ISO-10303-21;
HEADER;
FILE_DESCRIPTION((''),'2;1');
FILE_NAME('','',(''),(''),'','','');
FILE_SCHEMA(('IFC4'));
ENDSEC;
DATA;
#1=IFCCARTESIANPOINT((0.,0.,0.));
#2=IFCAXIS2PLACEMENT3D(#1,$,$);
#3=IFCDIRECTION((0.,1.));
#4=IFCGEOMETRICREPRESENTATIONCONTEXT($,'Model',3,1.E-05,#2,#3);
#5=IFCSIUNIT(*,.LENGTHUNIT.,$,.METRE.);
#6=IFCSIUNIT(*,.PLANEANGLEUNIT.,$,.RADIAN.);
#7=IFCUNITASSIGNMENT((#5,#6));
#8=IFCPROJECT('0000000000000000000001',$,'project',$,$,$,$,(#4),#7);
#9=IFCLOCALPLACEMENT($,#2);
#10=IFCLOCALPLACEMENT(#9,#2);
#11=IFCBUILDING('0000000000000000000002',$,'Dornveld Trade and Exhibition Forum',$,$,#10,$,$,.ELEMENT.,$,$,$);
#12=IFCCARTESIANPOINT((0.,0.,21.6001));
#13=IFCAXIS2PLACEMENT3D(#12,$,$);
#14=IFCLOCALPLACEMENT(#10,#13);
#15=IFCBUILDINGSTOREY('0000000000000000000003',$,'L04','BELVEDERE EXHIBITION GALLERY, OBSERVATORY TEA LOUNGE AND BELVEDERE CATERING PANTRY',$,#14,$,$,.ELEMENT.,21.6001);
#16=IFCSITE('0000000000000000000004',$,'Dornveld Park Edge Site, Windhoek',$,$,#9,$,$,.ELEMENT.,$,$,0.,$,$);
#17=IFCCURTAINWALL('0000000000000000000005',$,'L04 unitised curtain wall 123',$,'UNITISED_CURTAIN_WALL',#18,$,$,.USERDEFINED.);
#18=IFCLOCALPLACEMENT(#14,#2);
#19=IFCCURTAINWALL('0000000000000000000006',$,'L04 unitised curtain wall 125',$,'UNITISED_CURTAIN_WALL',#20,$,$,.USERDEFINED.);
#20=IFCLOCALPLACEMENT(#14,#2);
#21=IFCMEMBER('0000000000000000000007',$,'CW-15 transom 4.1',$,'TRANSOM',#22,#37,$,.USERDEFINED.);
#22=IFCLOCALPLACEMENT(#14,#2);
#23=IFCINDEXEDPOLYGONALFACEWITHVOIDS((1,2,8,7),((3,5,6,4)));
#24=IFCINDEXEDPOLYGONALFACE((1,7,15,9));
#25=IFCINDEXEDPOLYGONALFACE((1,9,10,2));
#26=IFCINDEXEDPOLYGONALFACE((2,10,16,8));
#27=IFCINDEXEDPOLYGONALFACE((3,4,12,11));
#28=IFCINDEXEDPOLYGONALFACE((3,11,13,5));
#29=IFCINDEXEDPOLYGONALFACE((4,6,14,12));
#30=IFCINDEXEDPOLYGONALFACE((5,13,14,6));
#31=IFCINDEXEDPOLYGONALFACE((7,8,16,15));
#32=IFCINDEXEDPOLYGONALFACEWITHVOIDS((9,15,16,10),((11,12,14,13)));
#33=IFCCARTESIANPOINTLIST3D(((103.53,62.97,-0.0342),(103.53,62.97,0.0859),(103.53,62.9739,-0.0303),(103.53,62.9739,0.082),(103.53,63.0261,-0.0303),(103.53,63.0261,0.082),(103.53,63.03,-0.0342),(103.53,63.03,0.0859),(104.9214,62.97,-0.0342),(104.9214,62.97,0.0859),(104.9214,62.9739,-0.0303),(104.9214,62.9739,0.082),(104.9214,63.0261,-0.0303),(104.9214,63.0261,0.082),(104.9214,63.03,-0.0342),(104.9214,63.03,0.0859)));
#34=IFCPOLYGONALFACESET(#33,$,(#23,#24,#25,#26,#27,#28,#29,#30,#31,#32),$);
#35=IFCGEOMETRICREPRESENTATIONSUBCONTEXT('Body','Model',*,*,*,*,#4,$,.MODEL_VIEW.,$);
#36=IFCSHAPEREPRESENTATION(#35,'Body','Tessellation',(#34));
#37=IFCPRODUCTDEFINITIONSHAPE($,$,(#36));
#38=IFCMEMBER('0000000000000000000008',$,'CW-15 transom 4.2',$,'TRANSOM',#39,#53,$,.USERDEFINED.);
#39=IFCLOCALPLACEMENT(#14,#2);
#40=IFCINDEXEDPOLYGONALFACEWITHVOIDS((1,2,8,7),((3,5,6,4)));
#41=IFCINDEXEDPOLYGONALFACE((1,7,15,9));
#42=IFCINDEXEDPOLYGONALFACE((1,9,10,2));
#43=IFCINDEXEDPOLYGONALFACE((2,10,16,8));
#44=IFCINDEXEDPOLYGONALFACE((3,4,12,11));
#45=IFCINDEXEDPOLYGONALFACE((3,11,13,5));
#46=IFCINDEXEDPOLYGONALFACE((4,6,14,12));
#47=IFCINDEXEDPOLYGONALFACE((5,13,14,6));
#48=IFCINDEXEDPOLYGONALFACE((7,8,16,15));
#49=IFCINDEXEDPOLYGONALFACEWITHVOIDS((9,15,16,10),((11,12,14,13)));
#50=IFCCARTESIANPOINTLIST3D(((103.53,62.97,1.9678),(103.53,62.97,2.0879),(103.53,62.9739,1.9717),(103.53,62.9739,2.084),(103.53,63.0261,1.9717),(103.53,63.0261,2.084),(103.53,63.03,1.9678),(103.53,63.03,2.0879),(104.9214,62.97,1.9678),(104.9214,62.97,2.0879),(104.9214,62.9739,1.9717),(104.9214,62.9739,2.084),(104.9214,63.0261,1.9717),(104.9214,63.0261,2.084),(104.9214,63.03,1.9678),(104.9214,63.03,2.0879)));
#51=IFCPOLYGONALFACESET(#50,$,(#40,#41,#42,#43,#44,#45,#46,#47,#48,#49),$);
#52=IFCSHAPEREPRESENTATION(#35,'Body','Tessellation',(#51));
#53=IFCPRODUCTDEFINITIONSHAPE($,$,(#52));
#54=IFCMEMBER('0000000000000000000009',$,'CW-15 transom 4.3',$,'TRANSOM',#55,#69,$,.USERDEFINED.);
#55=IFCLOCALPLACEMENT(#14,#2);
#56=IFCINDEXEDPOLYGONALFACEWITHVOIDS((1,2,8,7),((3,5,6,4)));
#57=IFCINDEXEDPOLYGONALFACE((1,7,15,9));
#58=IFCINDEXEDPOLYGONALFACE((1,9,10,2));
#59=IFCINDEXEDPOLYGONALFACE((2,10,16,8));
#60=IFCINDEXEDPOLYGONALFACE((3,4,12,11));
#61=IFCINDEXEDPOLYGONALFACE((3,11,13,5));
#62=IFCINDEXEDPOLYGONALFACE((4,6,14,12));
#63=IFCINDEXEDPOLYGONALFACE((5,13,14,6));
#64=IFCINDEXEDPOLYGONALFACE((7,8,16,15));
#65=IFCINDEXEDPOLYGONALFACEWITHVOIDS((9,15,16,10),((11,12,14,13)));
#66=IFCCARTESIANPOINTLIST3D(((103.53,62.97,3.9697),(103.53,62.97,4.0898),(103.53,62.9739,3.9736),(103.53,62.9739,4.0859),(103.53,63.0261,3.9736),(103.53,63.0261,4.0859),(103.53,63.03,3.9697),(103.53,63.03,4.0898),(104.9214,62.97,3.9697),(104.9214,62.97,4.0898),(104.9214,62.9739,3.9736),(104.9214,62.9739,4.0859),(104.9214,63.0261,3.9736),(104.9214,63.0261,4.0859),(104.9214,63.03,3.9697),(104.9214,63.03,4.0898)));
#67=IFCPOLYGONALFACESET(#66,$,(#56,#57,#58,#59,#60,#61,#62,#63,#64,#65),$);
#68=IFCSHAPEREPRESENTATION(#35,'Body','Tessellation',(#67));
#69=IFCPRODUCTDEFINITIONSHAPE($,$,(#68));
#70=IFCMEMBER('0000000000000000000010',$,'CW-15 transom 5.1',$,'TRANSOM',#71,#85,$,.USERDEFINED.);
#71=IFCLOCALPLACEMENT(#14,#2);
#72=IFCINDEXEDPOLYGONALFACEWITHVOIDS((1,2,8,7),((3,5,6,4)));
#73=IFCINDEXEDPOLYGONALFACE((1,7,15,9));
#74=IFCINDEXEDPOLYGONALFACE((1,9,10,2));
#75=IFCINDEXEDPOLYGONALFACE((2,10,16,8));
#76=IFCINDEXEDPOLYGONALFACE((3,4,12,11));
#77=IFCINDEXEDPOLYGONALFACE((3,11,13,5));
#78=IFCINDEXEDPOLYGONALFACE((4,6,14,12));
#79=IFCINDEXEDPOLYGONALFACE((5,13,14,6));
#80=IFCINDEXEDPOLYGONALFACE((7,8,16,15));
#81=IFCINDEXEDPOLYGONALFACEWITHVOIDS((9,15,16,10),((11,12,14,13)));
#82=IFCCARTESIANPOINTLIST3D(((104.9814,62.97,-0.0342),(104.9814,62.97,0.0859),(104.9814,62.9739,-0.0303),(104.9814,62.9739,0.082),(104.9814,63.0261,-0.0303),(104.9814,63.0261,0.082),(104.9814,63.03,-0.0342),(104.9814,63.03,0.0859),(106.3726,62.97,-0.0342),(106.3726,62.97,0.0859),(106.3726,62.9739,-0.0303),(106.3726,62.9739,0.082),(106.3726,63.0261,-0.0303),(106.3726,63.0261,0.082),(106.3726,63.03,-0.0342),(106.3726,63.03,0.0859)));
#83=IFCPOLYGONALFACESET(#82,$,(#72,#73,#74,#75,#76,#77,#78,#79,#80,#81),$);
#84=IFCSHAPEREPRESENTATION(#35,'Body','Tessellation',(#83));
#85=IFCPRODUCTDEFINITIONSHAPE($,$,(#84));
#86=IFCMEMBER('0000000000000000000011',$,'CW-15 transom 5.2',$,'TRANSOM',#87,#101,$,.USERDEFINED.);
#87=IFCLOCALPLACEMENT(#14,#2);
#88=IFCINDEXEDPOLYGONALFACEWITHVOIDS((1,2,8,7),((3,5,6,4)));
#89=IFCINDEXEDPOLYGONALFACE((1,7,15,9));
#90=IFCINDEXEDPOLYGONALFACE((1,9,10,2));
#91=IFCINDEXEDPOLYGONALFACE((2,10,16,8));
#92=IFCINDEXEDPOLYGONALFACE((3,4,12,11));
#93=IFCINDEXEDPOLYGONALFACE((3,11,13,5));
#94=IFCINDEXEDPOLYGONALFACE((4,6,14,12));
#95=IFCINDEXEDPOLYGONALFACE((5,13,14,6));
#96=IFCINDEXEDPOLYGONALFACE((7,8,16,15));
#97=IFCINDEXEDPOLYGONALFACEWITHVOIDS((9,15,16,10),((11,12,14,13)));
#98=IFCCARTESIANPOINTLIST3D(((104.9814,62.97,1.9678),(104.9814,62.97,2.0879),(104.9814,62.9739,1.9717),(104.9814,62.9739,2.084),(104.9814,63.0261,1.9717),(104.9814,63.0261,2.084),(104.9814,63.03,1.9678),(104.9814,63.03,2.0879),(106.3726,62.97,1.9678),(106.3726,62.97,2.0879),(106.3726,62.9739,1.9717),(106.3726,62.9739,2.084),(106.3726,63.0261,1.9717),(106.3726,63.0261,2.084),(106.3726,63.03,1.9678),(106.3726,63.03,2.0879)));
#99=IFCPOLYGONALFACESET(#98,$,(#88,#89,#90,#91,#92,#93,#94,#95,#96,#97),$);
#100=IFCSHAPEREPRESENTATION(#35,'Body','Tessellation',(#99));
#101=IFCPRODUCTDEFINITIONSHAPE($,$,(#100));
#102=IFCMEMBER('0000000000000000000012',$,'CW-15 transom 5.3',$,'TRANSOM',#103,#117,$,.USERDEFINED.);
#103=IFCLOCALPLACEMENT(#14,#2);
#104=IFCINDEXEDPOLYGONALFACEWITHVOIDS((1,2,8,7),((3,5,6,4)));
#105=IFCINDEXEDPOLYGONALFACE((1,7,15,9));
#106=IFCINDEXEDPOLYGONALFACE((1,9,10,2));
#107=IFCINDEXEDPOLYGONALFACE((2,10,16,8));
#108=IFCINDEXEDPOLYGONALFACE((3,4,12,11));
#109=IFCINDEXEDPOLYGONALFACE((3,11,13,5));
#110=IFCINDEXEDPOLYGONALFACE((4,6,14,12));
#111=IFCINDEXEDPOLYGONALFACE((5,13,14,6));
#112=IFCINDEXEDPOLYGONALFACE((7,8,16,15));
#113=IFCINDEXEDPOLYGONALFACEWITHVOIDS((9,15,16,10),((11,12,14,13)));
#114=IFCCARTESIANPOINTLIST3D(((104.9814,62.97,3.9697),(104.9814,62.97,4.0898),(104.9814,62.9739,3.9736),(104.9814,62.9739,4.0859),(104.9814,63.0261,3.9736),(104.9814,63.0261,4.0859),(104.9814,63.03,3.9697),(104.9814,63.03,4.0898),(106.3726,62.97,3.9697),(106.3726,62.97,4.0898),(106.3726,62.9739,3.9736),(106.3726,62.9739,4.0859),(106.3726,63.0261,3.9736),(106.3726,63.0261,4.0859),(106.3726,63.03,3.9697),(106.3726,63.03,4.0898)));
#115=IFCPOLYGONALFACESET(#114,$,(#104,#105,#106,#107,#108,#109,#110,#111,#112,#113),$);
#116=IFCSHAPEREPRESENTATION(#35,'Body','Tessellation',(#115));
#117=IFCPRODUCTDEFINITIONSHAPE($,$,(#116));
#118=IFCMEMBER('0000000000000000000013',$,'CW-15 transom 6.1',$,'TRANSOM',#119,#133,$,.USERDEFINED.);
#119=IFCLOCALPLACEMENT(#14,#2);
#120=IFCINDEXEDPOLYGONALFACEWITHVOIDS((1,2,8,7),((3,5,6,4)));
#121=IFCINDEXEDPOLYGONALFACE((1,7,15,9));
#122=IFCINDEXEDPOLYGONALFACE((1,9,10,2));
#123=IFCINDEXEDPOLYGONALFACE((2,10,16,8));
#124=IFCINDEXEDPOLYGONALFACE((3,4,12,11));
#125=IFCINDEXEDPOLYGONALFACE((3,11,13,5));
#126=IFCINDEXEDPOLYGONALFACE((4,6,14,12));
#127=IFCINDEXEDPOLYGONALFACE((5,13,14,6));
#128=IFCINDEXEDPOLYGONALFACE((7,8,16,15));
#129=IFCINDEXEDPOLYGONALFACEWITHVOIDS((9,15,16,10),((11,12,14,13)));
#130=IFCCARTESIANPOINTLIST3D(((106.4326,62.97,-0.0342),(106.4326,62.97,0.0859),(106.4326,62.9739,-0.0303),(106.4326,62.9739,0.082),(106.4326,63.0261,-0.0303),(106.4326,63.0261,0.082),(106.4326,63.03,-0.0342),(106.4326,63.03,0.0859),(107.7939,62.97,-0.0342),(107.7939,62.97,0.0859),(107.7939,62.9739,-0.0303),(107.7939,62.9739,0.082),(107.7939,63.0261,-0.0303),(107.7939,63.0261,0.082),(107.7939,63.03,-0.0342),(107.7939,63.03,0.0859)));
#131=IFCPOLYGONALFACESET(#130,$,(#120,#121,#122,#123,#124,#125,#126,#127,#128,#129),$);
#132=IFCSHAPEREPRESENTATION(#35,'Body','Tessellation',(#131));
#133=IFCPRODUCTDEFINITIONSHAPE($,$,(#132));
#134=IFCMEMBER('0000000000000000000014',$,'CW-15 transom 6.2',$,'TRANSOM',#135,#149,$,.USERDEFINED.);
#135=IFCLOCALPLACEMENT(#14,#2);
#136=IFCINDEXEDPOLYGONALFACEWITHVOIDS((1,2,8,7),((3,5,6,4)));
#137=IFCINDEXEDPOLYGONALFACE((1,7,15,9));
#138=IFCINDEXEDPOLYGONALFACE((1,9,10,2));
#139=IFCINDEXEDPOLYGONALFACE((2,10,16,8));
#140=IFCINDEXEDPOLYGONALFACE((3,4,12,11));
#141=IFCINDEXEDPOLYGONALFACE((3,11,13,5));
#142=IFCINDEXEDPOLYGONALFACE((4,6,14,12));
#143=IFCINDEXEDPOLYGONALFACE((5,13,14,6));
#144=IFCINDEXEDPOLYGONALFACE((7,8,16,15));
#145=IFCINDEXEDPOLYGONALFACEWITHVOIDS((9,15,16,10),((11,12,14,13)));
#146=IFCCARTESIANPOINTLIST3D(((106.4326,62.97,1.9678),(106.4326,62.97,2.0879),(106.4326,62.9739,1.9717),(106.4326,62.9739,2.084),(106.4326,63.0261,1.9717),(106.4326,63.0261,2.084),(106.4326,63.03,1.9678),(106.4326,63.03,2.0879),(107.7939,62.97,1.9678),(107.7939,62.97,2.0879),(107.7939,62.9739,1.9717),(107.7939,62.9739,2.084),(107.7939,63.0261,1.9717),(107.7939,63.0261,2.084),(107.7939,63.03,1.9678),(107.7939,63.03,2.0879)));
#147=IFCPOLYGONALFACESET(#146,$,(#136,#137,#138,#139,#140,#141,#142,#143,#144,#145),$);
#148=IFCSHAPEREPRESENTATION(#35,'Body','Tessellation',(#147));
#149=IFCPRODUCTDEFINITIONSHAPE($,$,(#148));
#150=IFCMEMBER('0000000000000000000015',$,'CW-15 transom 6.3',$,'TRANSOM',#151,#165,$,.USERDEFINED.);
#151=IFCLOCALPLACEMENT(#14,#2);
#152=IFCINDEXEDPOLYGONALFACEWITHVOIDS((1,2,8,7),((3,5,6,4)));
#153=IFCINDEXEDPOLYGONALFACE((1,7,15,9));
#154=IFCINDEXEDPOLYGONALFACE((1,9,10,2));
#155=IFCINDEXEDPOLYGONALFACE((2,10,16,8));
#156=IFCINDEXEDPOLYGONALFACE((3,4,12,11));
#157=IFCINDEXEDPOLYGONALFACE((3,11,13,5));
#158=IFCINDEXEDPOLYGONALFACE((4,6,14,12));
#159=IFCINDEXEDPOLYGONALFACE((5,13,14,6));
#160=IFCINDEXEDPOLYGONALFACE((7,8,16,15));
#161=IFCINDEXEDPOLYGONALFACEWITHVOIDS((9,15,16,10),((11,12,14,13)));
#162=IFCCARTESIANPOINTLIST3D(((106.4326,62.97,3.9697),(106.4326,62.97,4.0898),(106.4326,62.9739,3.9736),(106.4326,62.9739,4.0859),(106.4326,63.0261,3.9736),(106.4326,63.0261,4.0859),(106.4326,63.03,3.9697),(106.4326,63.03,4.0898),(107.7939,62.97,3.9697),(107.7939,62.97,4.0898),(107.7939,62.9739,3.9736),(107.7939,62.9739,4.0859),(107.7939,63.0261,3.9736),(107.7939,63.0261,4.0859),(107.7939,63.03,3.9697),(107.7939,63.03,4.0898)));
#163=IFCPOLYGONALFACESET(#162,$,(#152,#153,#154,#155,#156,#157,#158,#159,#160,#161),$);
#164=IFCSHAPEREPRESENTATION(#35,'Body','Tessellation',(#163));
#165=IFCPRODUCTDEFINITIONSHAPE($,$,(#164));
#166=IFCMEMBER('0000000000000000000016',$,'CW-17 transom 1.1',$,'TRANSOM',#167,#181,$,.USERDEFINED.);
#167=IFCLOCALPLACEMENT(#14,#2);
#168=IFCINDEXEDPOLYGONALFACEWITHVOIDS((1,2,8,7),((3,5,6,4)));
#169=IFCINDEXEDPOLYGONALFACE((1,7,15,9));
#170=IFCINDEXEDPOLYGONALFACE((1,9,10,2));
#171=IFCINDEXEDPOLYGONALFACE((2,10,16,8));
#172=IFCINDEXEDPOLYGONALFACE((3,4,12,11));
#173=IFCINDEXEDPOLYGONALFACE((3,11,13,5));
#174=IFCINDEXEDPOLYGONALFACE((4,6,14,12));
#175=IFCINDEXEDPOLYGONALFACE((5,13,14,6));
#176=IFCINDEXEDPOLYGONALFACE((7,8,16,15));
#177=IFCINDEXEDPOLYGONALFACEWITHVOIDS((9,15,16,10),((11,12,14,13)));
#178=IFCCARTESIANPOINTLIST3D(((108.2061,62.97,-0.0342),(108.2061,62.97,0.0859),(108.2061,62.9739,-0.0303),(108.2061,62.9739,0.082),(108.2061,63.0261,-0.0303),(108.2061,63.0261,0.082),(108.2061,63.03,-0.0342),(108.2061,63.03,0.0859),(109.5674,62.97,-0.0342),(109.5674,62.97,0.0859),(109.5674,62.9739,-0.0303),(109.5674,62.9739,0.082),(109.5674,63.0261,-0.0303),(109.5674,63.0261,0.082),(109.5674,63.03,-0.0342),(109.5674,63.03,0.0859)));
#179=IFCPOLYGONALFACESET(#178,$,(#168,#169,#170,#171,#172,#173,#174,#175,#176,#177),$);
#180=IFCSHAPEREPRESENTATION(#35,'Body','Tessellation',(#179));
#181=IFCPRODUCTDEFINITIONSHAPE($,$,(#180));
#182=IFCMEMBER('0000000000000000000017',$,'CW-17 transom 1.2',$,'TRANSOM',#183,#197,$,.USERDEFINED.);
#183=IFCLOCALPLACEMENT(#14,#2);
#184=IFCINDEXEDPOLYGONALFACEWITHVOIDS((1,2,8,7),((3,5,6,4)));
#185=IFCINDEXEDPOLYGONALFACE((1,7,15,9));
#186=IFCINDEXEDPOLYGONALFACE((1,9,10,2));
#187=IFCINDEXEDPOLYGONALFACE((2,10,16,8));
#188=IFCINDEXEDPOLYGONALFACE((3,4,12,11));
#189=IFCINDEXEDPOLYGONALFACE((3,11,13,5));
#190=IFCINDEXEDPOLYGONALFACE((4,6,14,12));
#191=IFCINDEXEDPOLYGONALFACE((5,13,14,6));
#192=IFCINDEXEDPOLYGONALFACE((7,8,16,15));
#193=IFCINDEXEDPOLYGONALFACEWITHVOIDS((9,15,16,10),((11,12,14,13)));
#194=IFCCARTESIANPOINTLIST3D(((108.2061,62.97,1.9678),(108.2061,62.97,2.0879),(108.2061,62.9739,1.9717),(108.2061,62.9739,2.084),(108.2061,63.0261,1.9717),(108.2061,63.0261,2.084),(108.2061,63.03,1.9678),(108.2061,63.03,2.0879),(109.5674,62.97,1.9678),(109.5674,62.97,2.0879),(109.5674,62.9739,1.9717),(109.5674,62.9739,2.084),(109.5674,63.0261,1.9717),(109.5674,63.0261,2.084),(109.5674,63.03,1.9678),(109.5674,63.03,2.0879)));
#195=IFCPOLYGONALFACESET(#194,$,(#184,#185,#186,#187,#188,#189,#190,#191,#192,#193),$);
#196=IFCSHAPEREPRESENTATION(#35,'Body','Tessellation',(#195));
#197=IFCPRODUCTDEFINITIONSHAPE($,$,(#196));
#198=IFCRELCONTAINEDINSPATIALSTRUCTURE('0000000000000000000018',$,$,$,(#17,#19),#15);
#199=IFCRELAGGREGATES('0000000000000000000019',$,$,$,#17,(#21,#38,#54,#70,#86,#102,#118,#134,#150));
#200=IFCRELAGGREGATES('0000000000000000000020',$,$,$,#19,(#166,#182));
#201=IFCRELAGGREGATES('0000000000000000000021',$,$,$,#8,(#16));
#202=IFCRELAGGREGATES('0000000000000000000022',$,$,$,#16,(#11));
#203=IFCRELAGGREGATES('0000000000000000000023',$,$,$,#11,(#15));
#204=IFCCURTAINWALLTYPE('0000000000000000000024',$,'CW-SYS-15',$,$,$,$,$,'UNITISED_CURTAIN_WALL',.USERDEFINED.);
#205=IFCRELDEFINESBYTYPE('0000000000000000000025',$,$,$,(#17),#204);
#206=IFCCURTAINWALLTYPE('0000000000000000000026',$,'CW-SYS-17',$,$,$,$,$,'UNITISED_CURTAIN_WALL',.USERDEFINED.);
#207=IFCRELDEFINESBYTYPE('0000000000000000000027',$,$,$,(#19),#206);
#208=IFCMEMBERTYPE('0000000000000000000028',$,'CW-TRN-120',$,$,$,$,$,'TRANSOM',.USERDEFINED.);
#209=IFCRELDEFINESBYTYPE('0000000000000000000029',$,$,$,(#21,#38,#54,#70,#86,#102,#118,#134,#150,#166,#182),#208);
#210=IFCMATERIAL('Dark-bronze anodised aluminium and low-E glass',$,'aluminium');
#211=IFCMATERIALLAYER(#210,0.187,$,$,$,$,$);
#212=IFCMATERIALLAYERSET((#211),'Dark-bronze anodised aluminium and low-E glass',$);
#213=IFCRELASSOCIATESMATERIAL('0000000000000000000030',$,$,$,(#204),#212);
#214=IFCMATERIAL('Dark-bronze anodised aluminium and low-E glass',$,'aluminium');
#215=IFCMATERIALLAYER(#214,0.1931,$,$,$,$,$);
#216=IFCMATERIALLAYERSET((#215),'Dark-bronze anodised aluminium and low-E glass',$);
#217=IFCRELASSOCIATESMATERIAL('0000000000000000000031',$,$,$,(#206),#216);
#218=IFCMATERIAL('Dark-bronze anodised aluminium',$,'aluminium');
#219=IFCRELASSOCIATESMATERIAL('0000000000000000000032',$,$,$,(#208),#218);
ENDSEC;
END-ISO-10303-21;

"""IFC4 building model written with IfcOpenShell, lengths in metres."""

from ifc_helpers import new_model, si_unit, direction, frame, origin, origin_2d, place, context, subcontext, project, spatial, hollow_rectangle, extrude, material, layer, layer_set, material_profile, profile_set, type_object, element, aggregate, save


model = new_model("IFC4")

# Units and contexts
model_context = context("Model", 3, precision=1e-05, world=origin(), true_north=direction((0.0, 1.0)))
body_context = subcontext(model_context, "Body", "Model", "MODEL_VIEW")
ifc_project = project(units=[si_unit("LENGTHUNIT", "METRE"), si_unit("PLANEANGLEUNIT", "RADIAN")], contexts=[model_context])

# Site, building, storey
site_placement = place(None, origin())
site = spatial("IfcSite", under=ifc_project, at=site_placement, Name="Dornveld Park Edge Site, Windhoek", CompositionType="ELEMENT", RefElevation=0.0)
building_placement = place(site_placement, origin())
building = spatial("IfcBuilding", under=site, at=building_placement, Name="Dornveld Trade and Exhibition Forum", CompositionType="ELEMENT")
storey_placement = place(building_placement, frame((0.0, 0.0, 21.6001)))
storey = spatial("IfcBuildingStorey", under=building, at=storey_placement, Name="L04", Description="BELVEDERE EXHIBITION GALLERY, OBSERVATORY TEA LOUNGE AND BELVEDERE CATERING PANTRY", CompositionType="ELEMENT", Elevation=21.6001)

# Curtain wall
ifc_material_1 = material(Name="Dark-bronze anodised aluminium and low-E glass", Category="aluminium")
ifc_layer_1 = layer(ifc_material_1, 0.187)
ifc_layer_set_1 = layer_set([ifc_layer_1], Name="Dark-bronze anodised aluminium and low-E glass")
curtain_wall_type_1 = type_object("IfcCurtainWallType", Name="CW-SYS-15", ElementType="UNITISED_CURTAIN_WALL", PredefinedType="USERDEFINED", material=ifc_layer_set_1)
curtain_wall_1_placement = place(storey_placement, origin())
curtain_wall_1 = element("IfcCurtainWall", 1, at=curtain_wall_1_placement, inside=storey, type_object=curtain_wall_type_1, Name="L04 unitised curtain wall 123", ObjectType="UNITISED_CURTAIN_WALL", PredefinedType="USERDEFINED")

# Curtain wall
ifc_material_2 = material(Name="Dark-bronze anodised aluminium and low-E glass", Category="aluminium")
ifc_layer_2 = layer(ifc_material_2, 0.1931)
ifc_layer_set_2 = layer_set([ifc_layer_2], Name="Dark-bronze anodised aluminium and low-E glass")
curtain_wall_type_2 = type_object("IfcCurtainWallType", Name="CW-SYS-17", ElementType="UNITISED_CURTAIN_WALL", PredefinedType="USERDEFINED", material=ifc_layer_set_2)
curtain_wall_2_placement = place(storey_placement, origin())
curtain_wall_2 = element("IfcCurtainWall", 2, at=curtain_wall_2_placement, inside=storey, type_object=curtain_wall_type_2, Name="L04 unitised curtain wall 125", ObjectType="UNITISED_CURTAIN_WALL", PredefinedType="USERDEFINED")

# Members
ifc_material_3 = material(Name="Dark-bronze anodised aluminium", Category="aluminium")
ifc_material_profile_1 = material_profile(ifc_material_3, hollow_rectangle(XDim=0.0601, YDim=0.1201, WallThickness=0.0039, at=origin_2d()), Name="RHS 120x60x4")
ifc_profile_set_1 = profile_set([ifc_material_profile_1], Name="Dark-bronze anodised aluminium")
member_type_1 = type_object("IfcMemberType", Name="CW-TRN-120", ElementType="TRANSOM", PredefinedType="USERDEFINED", material=ifc_profile_set_1)
member_1_placement = place(storey_placement, frame((103.53, 63.0, 0.0259), z_axis=(1.0, 0.0, 0.0), x_axis=(0.0, 1.0, 0.0)))
member_1 = element("IfcMember", 3, at=member_1_placement, type_object=member_type_1, Name="CW-15 transom 4.1", ObjectType="TRANSOM", PredefinedType="USERDEFINED", context=body_context, shape_type="SweptSolid", body=[
    extrude(hollow_rectangle(XDim=0.0601, YDim=0.1201, WallThickness=0.0039, at=origin_2d()), origin(), (0.0, 0.0, 1.0), 1.3914),
])
member_2_placement = place(storey_placement, frame((103.53, 63.0, 2.0278), z_axis=(1.0, 0.0, 0.0), x_axis=(0.0, 1.0, 0.0)))
member_2 = element("IfcMember", 4, at=member_2_placement, type_object=member_type_1, Name="CW-15 transom 4.2", ObjectType="TRANSOM", PredefinedType="USERDEFINED", context=body_context, shape_type="SweptSolid", body=[
    extrude(hollow_rectangle(XDim=0.0601, YDim=0.1201, WallThickness=0.0039, at=origin_2d()), origin(), (0.0, 0.0, 1.0), 1.3914),
])
member_3_placement = place(storey_placement, frame((103.53, 63.0, 4.0298), z_axis=(1.0, 0.0, 0.0), x_axis=(0.0, 1.0, 0.0)))
member_3 = element("IfcMember", 5, at=member_3_placement, type_object=member_type_1, Name="CW-15 transom 4.3", ObjectType="TRANSOM", PredefinedType="USERDEFINED", context=body_context, shape_type="SweptSolid", body=[
    extrude(hollow_rectangle(XDim=0.0601, YDim=0.1201, WallThickness=0.0039, at=origin_2d()), origin(), (0.0, 0.0, 1.0), 1.3914),
])
member_4_placement = place(storey_placement, frame((104.9814, 63.0, 0.0259), z_axis=(1.0, 0.0, 0.0), x_axis=(0.0, 1.0, 0.0)))
member_4 = element("IfcMember", 6, at=member_4_placement, type_object=member_type_1, Name="CW-15 transom 5.1", ObjectType="TRANSOM", PredefinedType="USERDEFINED", context=body_context, shape_type="SweptSolid", body=[
    extrude(hollow_rectangle(XDim=0.0601, YDim=0.1201, WallThickness=0.0039, at=origin_2d()), origin(), (0.0, 0.0, 1.0), 1.3911),
])
member_5_placement = place(storey_placement, frame((104.9814, 63.0, 2.0278), z_axis=(1.0, 0.0, 0.0), x_axis=(0.0, 1.0, 0.0)))
member_5 = element("IfcMember", 7, at=member_5_placement, type_object=member_type_1, Name="CW-15 transom 5.2", ObjectType="TRANSOM", PredefinedType="USERDEFINED", context=body_context, shape_type="SweptSolid", body=[
    extrude(hollow_rectangle(XDim=0.0601, YDim=0.1201, WallThickness=0.0039, at=origin_2d()), origin(), (0.0, 0.0, 1.0), 1.3911),
])
member_6_placement = place(storey_placement, frame((104.9814, 63.0, 4.0298), z_axis=(1.0, 0.0, 0.0), x_axis=(0.0, 1.0, 0.0)))
member_6 = element("IfcMember", 8, at=member_6_placement, type_object=member_type_1, Name="CW-15 transom 5.3", ObjectType="TRANSOM", PredefinedType="USERDEFINED", context=body_context, shape_type="SweptSolid", body=[
    extrude(hollow_rectangle(XDim=0.0601, YDim=0.1201, WallThickness=0.0039, at=origin_2d()), origin(), (0.0, 0.0, 1.0), 1.3911),
])
member_7_placement = place(storey_placement, frame((106.4326, 63.0, 0.0259), z_axis=(1.0, 0.0, 0.0), x_axis=(0.0, 1.0, 0.0)))
member_7 = element("IfcMember", 9, at=member_7_placement, type_object=member_type_1, Name="CW-15 transom 6.1", ObjectType="TRANSOM", PredefinedType="USERDEFINED", context=body_context, shape_type="SweptSolid", body=[
    extrude(hollow_rectangle(XDim=0.0601, YDim=0.1201, WallThickness=0.0039, at=origin_2d()), origin(), (0.0, 0.0, 1.0), 1.3613),
])
member_8_placement = place(storey_placement, frame((106.4326, 63.0, 2.0278), z_axis=(1.0, 0.0, 0.0), x_axis=(0.0, 1.0, 0.0)))
member_8 = element("IfcMember", 10, at=member_8_placement, type_object=member_type_1, Name="CW-15 transom 6.2", ObjectType="TRANSOM", PredefinedType="USERDEFINED", context=body_context, shape_type="SweptSolid", body=[
    extrude(hollow_rectangle(XDim=0.0601, YDim=0.1201, WallThickness=0.0039, at=origin_2d()), origin(), (0.0, 0.0, 1.0), 1.3613),
])
member_9_placement = place(storey_placement, frame((106.4326, 63.0, 4.0298), z_axis=(1.0, 0.0, 0.0), x_axis=(0.0, 1.0, 0.0)))
member_9 = element("IfcMember", 11, at=member_9_placement, type_object=member_type_1, Name="CW-15 transom 6.3", ObjectType="TRANSOM", PredefinedType="USERDEFINED", context=body_context, shape_type="SweptSolid", body=[
    extrude(hollow_rectangle(XDim=0.0601, YDim=0.1201, WallThickness=0.0039, at=origin_2d()), origin(), (0.0, 0.0, 1.0), 1.3613),
])
member_10_placement = place(storey_placement, frame((108.2061, 63.0, 0.0259), z_axis=(1.0, 0.0, 0.0), x_axis=(0.0, 1.0, 0.0)))
member_10 = element("IfcMember", 12, at=member_10_placement, type_object=member_type_1, Name="CW-17 transom 1.1", ObjectType="TRANSOM", PredefinedType="USERDEFINED", context=body_context, shape_type="SweptSolid", body=[
    extrude(hollow_rectangle(XDim=0.0601, YDim=0.1201, WallThickness=0.0039, at=origin_2d()), origin(), (0.0, 0.0, 1.0), 1.3613),
])
member_11_placement = place(storey_placement, frame((108.2061, 63.0, 2.0278), z_axis=(1.0, 0.0, 0.0), x_axis=(0.0, 1.0, 0.0)))
member_11 = element("IfcMember", 13, at=member_11_placement, type_object=member_type_1, Name="CW-17 transom 1.2", ObjectType="TRANSOM", PredefinedType="USERDEFINED", context=body_context, shape_type="SweptSolid", body=[
    extrude(hollow_rectangle(XDim=0.0601, YDim=0.1201, WallThickness=0.0039, at=origin_2d()), origin(), (0.0, 0.0, 1.0), 1.3613),
])

aggregate(curtain_wall_1, [member_1, member_2, member_3, member_4, member_5, member_6, member_7, member_8, member_9])
aggregate(curtain_wall_2, [member_10, member_11])

save(model, "model.ifc")
